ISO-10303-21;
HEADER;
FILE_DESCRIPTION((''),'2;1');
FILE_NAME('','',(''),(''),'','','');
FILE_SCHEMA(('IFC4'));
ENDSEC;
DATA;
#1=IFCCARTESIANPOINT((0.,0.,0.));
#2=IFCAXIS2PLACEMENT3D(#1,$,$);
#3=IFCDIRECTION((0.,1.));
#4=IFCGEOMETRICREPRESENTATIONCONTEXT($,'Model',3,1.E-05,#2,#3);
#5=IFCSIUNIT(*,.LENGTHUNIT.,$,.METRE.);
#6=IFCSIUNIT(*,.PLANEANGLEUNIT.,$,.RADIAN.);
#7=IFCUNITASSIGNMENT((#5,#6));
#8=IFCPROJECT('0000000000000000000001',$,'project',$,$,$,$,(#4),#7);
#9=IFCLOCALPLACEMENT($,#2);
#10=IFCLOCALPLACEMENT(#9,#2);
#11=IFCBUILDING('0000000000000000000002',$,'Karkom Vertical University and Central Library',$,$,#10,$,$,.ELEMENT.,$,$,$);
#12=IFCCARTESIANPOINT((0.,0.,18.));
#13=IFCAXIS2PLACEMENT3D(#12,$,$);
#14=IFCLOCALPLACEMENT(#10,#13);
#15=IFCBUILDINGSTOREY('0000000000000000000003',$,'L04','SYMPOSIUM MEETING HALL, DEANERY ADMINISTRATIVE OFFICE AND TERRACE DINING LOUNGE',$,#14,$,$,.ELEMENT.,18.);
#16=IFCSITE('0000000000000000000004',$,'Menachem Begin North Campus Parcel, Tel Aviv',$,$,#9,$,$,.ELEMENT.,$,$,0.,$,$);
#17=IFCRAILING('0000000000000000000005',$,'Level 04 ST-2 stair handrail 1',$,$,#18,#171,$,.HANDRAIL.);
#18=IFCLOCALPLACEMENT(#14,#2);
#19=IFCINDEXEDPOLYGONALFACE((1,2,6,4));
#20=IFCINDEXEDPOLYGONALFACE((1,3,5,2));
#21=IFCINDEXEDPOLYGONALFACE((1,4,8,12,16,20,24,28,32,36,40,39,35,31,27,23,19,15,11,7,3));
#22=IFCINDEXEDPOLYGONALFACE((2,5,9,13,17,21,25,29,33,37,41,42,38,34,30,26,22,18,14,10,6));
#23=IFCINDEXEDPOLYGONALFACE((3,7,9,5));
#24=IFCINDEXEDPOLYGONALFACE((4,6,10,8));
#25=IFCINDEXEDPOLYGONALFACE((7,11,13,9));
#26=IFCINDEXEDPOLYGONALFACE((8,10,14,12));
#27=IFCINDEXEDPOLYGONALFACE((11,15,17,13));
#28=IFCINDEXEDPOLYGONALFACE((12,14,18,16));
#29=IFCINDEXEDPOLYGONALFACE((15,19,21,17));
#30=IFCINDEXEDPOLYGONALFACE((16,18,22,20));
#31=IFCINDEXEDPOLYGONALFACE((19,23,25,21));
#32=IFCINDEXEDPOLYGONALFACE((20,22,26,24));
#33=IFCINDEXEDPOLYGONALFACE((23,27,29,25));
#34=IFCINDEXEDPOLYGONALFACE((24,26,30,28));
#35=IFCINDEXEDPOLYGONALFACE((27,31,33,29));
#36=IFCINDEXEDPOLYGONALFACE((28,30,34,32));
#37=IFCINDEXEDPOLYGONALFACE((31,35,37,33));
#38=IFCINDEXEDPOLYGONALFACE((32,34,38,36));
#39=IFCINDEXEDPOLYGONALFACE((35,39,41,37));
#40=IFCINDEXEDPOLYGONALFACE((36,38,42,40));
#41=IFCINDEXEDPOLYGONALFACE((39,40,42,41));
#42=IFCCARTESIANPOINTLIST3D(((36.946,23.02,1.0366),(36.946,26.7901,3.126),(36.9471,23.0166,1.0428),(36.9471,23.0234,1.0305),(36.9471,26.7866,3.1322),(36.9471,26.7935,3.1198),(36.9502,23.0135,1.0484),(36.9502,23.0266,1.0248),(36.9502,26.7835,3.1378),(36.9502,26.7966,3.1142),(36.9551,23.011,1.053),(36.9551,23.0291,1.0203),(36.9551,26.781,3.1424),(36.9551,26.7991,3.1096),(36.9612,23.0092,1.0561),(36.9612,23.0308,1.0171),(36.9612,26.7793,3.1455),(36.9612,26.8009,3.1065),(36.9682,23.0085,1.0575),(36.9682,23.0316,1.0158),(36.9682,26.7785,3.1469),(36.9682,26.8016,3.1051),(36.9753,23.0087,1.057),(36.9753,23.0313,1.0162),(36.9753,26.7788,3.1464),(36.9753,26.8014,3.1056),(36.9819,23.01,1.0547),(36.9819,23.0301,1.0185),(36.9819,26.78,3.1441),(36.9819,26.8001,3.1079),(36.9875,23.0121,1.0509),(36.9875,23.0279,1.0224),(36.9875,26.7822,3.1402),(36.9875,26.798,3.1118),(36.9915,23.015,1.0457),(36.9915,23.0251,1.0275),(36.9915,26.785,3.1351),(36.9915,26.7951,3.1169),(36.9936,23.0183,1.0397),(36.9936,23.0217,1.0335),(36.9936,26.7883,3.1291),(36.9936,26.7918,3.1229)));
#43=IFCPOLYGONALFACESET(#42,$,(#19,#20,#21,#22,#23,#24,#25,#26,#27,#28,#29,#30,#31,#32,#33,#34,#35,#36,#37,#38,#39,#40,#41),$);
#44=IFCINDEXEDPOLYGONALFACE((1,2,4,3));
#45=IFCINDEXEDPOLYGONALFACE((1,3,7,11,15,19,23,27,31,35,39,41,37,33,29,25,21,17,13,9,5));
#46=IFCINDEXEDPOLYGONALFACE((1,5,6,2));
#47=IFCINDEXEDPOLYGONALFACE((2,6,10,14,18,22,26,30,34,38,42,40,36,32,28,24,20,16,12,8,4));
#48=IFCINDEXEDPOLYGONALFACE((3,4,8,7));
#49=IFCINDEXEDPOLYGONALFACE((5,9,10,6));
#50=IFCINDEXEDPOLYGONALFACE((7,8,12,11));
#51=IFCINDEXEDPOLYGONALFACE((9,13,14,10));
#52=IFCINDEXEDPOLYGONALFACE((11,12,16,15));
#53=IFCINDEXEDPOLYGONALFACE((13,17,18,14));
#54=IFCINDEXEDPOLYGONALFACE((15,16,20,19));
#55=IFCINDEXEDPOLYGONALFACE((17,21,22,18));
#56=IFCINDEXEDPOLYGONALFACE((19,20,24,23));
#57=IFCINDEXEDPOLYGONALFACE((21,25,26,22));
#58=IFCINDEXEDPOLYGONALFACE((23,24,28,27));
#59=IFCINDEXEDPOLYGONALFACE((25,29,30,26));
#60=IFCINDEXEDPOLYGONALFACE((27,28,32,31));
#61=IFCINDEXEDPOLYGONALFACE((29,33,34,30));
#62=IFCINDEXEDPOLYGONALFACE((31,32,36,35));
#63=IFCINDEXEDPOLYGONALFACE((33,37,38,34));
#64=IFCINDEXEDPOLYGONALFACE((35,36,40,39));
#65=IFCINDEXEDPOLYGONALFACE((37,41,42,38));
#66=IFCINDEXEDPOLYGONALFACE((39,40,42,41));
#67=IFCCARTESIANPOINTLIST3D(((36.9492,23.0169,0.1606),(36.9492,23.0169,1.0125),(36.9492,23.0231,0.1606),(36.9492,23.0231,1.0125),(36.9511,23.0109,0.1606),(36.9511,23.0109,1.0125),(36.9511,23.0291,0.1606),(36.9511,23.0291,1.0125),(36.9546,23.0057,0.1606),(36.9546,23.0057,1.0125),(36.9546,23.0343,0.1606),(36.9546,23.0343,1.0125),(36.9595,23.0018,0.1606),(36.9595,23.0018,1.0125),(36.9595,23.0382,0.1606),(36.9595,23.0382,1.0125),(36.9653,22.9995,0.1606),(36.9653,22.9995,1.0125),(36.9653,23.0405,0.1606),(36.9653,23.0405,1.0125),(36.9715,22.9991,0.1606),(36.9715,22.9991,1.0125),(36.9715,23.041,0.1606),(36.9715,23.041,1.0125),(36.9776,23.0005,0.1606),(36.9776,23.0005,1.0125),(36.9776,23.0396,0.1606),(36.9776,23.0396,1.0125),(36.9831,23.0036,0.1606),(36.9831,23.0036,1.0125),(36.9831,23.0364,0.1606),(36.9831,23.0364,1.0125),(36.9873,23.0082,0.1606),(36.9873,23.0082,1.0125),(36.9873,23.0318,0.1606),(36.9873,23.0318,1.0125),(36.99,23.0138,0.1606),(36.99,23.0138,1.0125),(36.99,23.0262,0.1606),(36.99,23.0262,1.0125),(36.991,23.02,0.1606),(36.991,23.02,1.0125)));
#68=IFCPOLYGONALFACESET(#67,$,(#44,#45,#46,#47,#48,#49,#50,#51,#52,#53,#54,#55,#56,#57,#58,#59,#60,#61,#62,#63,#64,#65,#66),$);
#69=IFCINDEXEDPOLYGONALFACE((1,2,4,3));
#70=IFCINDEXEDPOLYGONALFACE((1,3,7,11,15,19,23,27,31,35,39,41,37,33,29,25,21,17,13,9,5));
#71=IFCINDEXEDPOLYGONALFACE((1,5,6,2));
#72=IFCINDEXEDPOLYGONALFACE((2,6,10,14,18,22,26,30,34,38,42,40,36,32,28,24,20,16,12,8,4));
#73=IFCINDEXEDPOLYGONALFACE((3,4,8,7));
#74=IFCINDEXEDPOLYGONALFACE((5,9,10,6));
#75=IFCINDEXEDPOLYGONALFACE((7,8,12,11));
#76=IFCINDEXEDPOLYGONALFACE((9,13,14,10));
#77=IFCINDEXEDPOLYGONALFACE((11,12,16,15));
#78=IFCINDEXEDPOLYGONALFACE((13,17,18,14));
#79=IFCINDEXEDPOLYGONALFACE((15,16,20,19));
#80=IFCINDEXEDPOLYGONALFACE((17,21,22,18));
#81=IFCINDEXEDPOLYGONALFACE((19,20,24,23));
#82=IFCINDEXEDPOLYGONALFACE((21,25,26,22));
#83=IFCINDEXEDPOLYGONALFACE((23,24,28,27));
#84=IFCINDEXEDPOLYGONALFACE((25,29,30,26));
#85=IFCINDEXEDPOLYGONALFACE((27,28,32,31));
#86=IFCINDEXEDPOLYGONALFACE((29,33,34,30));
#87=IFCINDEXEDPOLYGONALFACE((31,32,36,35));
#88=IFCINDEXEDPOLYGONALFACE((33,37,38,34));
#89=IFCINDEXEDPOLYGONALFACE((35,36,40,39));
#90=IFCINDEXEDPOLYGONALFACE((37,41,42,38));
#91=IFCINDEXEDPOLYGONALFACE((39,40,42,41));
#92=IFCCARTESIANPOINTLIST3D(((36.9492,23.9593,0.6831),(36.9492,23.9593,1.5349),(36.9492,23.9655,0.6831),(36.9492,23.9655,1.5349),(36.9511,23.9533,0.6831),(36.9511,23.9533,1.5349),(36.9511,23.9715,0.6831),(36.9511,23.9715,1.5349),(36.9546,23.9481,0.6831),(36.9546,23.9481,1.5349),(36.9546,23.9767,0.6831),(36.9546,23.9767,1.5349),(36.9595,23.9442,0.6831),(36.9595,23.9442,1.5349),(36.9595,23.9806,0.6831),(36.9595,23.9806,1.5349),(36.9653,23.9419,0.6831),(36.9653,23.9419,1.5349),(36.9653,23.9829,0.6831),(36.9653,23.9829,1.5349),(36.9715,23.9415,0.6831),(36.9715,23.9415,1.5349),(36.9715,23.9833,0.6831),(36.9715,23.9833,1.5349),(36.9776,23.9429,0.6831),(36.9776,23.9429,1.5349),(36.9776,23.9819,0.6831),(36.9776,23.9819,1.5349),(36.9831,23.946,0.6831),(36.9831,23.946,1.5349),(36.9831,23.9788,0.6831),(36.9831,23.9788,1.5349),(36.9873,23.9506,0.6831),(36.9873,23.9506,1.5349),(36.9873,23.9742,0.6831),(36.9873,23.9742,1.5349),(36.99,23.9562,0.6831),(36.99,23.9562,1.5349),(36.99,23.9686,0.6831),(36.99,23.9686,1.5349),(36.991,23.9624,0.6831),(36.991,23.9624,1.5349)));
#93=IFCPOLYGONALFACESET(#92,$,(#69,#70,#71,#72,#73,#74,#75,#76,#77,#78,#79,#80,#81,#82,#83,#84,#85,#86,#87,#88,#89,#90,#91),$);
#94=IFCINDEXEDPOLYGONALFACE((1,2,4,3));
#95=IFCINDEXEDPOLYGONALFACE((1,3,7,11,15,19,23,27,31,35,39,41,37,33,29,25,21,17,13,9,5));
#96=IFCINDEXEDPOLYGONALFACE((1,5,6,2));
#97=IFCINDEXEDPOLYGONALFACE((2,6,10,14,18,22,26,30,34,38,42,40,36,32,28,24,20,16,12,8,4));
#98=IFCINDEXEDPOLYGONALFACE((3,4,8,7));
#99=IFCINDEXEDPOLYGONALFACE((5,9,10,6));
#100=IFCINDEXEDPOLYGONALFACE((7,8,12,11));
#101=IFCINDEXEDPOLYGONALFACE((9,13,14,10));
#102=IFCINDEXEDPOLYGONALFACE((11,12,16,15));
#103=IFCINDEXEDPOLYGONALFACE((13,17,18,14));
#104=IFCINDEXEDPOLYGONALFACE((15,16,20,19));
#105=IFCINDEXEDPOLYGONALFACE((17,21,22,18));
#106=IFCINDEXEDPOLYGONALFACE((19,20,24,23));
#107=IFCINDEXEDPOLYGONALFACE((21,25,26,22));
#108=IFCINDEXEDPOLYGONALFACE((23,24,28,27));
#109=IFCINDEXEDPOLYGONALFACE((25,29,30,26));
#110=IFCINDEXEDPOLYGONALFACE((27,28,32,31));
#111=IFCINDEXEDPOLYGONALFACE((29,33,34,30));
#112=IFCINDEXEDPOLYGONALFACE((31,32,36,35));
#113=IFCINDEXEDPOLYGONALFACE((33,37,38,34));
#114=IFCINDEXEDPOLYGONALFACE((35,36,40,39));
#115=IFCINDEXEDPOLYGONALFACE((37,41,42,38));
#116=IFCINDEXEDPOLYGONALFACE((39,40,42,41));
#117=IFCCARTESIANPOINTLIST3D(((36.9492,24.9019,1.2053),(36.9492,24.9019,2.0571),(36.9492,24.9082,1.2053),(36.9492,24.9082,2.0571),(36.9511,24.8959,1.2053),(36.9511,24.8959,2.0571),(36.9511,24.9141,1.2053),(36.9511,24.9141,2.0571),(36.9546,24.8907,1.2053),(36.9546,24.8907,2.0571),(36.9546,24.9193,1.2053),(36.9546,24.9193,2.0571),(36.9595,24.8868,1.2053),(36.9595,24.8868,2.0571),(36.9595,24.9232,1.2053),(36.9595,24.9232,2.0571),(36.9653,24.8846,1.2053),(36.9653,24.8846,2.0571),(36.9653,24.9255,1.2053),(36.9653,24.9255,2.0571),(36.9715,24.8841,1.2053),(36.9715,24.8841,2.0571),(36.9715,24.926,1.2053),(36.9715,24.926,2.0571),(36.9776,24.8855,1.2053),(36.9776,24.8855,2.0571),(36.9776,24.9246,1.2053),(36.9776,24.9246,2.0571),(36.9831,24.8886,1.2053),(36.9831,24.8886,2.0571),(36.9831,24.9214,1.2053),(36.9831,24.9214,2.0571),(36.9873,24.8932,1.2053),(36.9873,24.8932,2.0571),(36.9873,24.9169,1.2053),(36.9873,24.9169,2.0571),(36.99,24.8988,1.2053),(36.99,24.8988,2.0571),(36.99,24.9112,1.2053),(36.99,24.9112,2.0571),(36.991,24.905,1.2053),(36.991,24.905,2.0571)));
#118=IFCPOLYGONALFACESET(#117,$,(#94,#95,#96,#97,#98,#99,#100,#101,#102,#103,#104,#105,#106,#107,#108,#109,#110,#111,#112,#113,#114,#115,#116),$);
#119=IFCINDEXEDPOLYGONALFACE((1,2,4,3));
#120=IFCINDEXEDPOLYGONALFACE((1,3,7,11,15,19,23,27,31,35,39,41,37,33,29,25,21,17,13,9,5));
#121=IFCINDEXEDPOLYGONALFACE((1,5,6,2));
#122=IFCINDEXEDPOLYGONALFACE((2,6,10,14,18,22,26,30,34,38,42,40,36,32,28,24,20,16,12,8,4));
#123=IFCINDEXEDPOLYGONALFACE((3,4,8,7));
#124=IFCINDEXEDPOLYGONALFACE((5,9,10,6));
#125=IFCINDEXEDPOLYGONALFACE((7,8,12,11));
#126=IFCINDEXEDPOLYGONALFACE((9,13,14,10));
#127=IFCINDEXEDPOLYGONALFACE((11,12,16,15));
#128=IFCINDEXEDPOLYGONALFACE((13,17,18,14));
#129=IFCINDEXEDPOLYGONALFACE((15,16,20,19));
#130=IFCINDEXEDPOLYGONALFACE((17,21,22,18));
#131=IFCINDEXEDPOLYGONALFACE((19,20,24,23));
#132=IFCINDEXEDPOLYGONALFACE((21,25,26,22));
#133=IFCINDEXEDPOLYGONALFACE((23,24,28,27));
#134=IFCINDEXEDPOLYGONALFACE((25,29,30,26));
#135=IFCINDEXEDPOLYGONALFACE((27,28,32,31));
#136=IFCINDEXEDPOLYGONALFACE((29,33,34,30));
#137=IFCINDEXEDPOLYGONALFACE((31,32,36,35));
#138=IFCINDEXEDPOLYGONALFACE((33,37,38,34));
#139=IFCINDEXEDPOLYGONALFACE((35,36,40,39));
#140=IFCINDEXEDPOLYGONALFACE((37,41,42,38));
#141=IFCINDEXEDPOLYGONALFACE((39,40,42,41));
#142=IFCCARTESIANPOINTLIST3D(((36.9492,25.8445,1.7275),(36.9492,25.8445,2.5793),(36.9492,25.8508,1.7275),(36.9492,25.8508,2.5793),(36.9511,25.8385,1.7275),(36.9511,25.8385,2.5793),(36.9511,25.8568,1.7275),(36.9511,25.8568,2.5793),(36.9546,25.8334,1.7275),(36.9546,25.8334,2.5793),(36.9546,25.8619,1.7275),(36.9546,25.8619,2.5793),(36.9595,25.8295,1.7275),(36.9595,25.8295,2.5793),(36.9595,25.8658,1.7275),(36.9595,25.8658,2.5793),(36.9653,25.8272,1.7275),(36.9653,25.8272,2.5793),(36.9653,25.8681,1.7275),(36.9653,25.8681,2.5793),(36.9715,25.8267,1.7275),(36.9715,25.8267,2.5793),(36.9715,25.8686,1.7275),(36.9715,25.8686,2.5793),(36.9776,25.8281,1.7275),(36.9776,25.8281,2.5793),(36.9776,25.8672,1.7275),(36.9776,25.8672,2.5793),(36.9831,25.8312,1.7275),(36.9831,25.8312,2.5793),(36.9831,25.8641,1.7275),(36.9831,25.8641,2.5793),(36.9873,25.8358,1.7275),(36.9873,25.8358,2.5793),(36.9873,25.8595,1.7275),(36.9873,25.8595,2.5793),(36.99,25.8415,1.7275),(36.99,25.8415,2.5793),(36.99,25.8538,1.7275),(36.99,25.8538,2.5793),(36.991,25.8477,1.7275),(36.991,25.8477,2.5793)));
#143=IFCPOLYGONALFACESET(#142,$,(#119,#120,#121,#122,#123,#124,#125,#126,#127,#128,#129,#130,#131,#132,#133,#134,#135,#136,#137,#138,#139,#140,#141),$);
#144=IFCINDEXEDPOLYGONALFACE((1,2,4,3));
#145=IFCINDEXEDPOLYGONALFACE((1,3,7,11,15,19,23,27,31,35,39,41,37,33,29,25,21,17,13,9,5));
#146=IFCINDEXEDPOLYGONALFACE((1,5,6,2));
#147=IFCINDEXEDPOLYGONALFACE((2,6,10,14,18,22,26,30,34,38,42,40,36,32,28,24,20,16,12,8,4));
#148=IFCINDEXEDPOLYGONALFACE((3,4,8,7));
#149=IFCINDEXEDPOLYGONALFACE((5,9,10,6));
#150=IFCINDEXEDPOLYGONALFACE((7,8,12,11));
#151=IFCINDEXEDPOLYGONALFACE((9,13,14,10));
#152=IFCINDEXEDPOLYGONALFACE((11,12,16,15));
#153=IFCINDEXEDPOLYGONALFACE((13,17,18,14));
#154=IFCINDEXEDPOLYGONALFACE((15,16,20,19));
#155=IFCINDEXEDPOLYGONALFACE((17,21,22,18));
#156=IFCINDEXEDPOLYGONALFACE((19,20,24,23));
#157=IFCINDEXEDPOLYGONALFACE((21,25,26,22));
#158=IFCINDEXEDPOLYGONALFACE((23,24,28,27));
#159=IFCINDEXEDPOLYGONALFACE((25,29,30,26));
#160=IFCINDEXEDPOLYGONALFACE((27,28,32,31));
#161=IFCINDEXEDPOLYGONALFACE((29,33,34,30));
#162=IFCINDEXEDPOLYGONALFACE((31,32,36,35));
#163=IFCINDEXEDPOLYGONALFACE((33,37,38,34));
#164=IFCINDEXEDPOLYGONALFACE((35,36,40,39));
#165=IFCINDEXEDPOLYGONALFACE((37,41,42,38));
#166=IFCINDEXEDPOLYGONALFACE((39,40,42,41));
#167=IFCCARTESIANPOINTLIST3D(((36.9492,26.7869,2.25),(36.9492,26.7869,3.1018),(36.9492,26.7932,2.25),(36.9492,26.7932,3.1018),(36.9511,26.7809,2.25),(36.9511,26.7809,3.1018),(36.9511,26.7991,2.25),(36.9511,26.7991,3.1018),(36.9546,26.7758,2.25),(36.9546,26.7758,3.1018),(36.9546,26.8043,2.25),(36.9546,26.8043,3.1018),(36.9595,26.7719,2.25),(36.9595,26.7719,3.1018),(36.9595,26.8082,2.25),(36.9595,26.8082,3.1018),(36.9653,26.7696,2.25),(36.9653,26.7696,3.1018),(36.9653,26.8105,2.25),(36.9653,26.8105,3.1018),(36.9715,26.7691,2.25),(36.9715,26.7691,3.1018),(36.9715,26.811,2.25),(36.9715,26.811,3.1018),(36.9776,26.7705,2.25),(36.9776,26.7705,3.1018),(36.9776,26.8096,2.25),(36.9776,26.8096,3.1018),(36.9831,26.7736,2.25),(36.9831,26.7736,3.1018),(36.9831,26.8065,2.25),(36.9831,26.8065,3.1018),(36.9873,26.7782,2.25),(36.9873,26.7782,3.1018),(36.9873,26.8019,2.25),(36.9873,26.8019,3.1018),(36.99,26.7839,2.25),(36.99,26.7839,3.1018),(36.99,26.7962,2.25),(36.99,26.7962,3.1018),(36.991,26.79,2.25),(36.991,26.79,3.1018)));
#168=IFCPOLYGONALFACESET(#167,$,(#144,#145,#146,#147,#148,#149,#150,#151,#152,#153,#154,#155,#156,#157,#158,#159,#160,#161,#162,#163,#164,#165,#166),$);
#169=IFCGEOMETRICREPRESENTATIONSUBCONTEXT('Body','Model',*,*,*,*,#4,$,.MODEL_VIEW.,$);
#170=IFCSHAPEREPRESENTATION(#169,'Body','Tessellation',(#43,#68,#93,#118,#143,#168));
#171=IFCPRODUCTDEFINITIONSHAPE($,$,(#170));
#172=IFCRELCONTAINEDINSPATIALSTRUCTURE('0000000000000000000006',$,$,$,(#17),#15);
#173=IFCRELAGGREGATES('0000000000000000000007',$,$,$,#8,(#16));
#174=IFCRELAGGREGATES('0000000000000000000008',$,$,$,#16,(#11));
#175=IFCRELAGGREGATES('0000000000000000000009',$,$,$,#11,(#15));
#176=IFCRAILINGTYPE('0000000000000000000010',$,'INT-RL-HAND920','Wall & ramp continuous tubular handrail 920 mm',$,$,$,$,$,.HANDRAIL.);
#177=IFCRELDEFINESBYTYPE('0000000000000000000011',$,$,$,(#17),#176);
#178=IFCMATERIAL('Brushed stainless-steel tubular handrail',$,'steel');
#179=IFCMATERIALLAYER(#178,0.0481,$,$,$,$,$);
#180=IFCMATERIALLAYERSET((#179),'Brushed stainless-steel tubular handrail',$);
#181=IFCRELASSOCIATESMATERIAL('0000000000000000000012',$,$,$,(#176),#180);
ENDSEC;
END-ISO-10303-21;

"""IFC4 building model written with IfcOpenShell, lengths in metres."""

from ifc_helpers import new_model, si_unit, direction, frame, origin, origin_2d, place, context, subcontext, project, spatial, circle, extrude, material, layer, layer_set, type_object, element, save


model = new_model("IFC4")

# Units and contexts
model_context = context("Model", 3, precision=1e-05, world=origin(), true_north=direction((0.0, 1.0)))
body_context = subcontext(model_context, "Body", "Model", "MODEL_VIEW")
ifc_project = project(units=[si_unit("LENGTHUNIT", "METRE"), si_unit("PLANEANGLEUNIT", "RADIAN")], contexts=[model_context])

# Site, building, storey
site_placement = place(None, origin())
site = spatial("IfcSite", under=ifc_project, at=site_placement, Name="Menachem Begin North Campus Parcel, Tel Aviv", CompositionType="ELEMENT", RefElevation=0.0)
building_placement = place(site_placement, origin())
building = spatial("IfcBuilding", under=site, at=building_placement, Name="Karkom Vertical University and Central Library", CompositionType="ELEMENT")
storey_placement = place(building_placement, frame((0.0, 0.0, 18.0)))
storey = spatial("IfcBuildingStorey", under=building, at=storey_placement, Name="L04", Description="SYMPOSIUM MEETING HALL, DEANERY ADMINISTRATIVE OFFICE AND TERRACE DINING LOUNGE", CompositionType="ELEMENT", Elevation=18.0)

# Railing
ifc_material_1 = material(Name="Brushed stainless-steel tubular handrail", Category="steel")
ifc_layer_1 = layer(ifc_material_1, 0.0481)
ifc_layer_set_1 = layer_set([ifc_layer_1], Name="Brushed stainless-steel tubular handrail")
railing_type_1 = type_object("IfcRailingType", Name="INT-RL-HAND920", Description="Wall & ramp continuous tubular handrail 920 mm", PredefinedType="HANDRAIL", material=ifc_layer_set_1)
railing_1_placement = place(storey_placement, frame((36.97, 23.02, 0.1606)))
element("IfcRailing", 1, at=railing_1_placement, inside=storey, type_object=railing_type_1, Name="Level 04 ST-2 stair handrail 1", PredefinedType="HANDRAIL", context=body_context, shape_type="SweptSolid", body=[
    extrude(circle(Radius=0.0239, at=origin_2d()), frame((0.0, 0.0, 0.876), z_axis=(0.0, 0.874659, 0.484739), x_axis=(-1.0, 0.0, 0.0)), (0.0, 0.0, 1.0), 4.3103),
    extrude(circle(Radius=0.021, at=origin_2d()), origin(), (0.0, 0.0, 1.0), 0.8518),
    extrude(circle(Radius=0.021, at=origin_2d()), frame((0.0, 0.9424, 0.5225)), (0.0, 0.0, 1.0), 0.8518),
    extrude(circle(Radius=0.021, at=origin_2d()), frame((0.0, 1.885, 1.0447)), (0.0, 0.0, 1.0), 0.8518),
    extrude(circle(Radius=0.021, at=origin_2d()), frame((0.0, 2.8276, 1.5669)), (0.0, 0.0, 1.0), 0.8518),
    extrude(circle(Radius=0.021, at=origin_2d()), frame((0.0, 3.77, 2.0894)), (0.0, 0.0, 1.0), 0.8518),
])

save(model, "model.ifc")
